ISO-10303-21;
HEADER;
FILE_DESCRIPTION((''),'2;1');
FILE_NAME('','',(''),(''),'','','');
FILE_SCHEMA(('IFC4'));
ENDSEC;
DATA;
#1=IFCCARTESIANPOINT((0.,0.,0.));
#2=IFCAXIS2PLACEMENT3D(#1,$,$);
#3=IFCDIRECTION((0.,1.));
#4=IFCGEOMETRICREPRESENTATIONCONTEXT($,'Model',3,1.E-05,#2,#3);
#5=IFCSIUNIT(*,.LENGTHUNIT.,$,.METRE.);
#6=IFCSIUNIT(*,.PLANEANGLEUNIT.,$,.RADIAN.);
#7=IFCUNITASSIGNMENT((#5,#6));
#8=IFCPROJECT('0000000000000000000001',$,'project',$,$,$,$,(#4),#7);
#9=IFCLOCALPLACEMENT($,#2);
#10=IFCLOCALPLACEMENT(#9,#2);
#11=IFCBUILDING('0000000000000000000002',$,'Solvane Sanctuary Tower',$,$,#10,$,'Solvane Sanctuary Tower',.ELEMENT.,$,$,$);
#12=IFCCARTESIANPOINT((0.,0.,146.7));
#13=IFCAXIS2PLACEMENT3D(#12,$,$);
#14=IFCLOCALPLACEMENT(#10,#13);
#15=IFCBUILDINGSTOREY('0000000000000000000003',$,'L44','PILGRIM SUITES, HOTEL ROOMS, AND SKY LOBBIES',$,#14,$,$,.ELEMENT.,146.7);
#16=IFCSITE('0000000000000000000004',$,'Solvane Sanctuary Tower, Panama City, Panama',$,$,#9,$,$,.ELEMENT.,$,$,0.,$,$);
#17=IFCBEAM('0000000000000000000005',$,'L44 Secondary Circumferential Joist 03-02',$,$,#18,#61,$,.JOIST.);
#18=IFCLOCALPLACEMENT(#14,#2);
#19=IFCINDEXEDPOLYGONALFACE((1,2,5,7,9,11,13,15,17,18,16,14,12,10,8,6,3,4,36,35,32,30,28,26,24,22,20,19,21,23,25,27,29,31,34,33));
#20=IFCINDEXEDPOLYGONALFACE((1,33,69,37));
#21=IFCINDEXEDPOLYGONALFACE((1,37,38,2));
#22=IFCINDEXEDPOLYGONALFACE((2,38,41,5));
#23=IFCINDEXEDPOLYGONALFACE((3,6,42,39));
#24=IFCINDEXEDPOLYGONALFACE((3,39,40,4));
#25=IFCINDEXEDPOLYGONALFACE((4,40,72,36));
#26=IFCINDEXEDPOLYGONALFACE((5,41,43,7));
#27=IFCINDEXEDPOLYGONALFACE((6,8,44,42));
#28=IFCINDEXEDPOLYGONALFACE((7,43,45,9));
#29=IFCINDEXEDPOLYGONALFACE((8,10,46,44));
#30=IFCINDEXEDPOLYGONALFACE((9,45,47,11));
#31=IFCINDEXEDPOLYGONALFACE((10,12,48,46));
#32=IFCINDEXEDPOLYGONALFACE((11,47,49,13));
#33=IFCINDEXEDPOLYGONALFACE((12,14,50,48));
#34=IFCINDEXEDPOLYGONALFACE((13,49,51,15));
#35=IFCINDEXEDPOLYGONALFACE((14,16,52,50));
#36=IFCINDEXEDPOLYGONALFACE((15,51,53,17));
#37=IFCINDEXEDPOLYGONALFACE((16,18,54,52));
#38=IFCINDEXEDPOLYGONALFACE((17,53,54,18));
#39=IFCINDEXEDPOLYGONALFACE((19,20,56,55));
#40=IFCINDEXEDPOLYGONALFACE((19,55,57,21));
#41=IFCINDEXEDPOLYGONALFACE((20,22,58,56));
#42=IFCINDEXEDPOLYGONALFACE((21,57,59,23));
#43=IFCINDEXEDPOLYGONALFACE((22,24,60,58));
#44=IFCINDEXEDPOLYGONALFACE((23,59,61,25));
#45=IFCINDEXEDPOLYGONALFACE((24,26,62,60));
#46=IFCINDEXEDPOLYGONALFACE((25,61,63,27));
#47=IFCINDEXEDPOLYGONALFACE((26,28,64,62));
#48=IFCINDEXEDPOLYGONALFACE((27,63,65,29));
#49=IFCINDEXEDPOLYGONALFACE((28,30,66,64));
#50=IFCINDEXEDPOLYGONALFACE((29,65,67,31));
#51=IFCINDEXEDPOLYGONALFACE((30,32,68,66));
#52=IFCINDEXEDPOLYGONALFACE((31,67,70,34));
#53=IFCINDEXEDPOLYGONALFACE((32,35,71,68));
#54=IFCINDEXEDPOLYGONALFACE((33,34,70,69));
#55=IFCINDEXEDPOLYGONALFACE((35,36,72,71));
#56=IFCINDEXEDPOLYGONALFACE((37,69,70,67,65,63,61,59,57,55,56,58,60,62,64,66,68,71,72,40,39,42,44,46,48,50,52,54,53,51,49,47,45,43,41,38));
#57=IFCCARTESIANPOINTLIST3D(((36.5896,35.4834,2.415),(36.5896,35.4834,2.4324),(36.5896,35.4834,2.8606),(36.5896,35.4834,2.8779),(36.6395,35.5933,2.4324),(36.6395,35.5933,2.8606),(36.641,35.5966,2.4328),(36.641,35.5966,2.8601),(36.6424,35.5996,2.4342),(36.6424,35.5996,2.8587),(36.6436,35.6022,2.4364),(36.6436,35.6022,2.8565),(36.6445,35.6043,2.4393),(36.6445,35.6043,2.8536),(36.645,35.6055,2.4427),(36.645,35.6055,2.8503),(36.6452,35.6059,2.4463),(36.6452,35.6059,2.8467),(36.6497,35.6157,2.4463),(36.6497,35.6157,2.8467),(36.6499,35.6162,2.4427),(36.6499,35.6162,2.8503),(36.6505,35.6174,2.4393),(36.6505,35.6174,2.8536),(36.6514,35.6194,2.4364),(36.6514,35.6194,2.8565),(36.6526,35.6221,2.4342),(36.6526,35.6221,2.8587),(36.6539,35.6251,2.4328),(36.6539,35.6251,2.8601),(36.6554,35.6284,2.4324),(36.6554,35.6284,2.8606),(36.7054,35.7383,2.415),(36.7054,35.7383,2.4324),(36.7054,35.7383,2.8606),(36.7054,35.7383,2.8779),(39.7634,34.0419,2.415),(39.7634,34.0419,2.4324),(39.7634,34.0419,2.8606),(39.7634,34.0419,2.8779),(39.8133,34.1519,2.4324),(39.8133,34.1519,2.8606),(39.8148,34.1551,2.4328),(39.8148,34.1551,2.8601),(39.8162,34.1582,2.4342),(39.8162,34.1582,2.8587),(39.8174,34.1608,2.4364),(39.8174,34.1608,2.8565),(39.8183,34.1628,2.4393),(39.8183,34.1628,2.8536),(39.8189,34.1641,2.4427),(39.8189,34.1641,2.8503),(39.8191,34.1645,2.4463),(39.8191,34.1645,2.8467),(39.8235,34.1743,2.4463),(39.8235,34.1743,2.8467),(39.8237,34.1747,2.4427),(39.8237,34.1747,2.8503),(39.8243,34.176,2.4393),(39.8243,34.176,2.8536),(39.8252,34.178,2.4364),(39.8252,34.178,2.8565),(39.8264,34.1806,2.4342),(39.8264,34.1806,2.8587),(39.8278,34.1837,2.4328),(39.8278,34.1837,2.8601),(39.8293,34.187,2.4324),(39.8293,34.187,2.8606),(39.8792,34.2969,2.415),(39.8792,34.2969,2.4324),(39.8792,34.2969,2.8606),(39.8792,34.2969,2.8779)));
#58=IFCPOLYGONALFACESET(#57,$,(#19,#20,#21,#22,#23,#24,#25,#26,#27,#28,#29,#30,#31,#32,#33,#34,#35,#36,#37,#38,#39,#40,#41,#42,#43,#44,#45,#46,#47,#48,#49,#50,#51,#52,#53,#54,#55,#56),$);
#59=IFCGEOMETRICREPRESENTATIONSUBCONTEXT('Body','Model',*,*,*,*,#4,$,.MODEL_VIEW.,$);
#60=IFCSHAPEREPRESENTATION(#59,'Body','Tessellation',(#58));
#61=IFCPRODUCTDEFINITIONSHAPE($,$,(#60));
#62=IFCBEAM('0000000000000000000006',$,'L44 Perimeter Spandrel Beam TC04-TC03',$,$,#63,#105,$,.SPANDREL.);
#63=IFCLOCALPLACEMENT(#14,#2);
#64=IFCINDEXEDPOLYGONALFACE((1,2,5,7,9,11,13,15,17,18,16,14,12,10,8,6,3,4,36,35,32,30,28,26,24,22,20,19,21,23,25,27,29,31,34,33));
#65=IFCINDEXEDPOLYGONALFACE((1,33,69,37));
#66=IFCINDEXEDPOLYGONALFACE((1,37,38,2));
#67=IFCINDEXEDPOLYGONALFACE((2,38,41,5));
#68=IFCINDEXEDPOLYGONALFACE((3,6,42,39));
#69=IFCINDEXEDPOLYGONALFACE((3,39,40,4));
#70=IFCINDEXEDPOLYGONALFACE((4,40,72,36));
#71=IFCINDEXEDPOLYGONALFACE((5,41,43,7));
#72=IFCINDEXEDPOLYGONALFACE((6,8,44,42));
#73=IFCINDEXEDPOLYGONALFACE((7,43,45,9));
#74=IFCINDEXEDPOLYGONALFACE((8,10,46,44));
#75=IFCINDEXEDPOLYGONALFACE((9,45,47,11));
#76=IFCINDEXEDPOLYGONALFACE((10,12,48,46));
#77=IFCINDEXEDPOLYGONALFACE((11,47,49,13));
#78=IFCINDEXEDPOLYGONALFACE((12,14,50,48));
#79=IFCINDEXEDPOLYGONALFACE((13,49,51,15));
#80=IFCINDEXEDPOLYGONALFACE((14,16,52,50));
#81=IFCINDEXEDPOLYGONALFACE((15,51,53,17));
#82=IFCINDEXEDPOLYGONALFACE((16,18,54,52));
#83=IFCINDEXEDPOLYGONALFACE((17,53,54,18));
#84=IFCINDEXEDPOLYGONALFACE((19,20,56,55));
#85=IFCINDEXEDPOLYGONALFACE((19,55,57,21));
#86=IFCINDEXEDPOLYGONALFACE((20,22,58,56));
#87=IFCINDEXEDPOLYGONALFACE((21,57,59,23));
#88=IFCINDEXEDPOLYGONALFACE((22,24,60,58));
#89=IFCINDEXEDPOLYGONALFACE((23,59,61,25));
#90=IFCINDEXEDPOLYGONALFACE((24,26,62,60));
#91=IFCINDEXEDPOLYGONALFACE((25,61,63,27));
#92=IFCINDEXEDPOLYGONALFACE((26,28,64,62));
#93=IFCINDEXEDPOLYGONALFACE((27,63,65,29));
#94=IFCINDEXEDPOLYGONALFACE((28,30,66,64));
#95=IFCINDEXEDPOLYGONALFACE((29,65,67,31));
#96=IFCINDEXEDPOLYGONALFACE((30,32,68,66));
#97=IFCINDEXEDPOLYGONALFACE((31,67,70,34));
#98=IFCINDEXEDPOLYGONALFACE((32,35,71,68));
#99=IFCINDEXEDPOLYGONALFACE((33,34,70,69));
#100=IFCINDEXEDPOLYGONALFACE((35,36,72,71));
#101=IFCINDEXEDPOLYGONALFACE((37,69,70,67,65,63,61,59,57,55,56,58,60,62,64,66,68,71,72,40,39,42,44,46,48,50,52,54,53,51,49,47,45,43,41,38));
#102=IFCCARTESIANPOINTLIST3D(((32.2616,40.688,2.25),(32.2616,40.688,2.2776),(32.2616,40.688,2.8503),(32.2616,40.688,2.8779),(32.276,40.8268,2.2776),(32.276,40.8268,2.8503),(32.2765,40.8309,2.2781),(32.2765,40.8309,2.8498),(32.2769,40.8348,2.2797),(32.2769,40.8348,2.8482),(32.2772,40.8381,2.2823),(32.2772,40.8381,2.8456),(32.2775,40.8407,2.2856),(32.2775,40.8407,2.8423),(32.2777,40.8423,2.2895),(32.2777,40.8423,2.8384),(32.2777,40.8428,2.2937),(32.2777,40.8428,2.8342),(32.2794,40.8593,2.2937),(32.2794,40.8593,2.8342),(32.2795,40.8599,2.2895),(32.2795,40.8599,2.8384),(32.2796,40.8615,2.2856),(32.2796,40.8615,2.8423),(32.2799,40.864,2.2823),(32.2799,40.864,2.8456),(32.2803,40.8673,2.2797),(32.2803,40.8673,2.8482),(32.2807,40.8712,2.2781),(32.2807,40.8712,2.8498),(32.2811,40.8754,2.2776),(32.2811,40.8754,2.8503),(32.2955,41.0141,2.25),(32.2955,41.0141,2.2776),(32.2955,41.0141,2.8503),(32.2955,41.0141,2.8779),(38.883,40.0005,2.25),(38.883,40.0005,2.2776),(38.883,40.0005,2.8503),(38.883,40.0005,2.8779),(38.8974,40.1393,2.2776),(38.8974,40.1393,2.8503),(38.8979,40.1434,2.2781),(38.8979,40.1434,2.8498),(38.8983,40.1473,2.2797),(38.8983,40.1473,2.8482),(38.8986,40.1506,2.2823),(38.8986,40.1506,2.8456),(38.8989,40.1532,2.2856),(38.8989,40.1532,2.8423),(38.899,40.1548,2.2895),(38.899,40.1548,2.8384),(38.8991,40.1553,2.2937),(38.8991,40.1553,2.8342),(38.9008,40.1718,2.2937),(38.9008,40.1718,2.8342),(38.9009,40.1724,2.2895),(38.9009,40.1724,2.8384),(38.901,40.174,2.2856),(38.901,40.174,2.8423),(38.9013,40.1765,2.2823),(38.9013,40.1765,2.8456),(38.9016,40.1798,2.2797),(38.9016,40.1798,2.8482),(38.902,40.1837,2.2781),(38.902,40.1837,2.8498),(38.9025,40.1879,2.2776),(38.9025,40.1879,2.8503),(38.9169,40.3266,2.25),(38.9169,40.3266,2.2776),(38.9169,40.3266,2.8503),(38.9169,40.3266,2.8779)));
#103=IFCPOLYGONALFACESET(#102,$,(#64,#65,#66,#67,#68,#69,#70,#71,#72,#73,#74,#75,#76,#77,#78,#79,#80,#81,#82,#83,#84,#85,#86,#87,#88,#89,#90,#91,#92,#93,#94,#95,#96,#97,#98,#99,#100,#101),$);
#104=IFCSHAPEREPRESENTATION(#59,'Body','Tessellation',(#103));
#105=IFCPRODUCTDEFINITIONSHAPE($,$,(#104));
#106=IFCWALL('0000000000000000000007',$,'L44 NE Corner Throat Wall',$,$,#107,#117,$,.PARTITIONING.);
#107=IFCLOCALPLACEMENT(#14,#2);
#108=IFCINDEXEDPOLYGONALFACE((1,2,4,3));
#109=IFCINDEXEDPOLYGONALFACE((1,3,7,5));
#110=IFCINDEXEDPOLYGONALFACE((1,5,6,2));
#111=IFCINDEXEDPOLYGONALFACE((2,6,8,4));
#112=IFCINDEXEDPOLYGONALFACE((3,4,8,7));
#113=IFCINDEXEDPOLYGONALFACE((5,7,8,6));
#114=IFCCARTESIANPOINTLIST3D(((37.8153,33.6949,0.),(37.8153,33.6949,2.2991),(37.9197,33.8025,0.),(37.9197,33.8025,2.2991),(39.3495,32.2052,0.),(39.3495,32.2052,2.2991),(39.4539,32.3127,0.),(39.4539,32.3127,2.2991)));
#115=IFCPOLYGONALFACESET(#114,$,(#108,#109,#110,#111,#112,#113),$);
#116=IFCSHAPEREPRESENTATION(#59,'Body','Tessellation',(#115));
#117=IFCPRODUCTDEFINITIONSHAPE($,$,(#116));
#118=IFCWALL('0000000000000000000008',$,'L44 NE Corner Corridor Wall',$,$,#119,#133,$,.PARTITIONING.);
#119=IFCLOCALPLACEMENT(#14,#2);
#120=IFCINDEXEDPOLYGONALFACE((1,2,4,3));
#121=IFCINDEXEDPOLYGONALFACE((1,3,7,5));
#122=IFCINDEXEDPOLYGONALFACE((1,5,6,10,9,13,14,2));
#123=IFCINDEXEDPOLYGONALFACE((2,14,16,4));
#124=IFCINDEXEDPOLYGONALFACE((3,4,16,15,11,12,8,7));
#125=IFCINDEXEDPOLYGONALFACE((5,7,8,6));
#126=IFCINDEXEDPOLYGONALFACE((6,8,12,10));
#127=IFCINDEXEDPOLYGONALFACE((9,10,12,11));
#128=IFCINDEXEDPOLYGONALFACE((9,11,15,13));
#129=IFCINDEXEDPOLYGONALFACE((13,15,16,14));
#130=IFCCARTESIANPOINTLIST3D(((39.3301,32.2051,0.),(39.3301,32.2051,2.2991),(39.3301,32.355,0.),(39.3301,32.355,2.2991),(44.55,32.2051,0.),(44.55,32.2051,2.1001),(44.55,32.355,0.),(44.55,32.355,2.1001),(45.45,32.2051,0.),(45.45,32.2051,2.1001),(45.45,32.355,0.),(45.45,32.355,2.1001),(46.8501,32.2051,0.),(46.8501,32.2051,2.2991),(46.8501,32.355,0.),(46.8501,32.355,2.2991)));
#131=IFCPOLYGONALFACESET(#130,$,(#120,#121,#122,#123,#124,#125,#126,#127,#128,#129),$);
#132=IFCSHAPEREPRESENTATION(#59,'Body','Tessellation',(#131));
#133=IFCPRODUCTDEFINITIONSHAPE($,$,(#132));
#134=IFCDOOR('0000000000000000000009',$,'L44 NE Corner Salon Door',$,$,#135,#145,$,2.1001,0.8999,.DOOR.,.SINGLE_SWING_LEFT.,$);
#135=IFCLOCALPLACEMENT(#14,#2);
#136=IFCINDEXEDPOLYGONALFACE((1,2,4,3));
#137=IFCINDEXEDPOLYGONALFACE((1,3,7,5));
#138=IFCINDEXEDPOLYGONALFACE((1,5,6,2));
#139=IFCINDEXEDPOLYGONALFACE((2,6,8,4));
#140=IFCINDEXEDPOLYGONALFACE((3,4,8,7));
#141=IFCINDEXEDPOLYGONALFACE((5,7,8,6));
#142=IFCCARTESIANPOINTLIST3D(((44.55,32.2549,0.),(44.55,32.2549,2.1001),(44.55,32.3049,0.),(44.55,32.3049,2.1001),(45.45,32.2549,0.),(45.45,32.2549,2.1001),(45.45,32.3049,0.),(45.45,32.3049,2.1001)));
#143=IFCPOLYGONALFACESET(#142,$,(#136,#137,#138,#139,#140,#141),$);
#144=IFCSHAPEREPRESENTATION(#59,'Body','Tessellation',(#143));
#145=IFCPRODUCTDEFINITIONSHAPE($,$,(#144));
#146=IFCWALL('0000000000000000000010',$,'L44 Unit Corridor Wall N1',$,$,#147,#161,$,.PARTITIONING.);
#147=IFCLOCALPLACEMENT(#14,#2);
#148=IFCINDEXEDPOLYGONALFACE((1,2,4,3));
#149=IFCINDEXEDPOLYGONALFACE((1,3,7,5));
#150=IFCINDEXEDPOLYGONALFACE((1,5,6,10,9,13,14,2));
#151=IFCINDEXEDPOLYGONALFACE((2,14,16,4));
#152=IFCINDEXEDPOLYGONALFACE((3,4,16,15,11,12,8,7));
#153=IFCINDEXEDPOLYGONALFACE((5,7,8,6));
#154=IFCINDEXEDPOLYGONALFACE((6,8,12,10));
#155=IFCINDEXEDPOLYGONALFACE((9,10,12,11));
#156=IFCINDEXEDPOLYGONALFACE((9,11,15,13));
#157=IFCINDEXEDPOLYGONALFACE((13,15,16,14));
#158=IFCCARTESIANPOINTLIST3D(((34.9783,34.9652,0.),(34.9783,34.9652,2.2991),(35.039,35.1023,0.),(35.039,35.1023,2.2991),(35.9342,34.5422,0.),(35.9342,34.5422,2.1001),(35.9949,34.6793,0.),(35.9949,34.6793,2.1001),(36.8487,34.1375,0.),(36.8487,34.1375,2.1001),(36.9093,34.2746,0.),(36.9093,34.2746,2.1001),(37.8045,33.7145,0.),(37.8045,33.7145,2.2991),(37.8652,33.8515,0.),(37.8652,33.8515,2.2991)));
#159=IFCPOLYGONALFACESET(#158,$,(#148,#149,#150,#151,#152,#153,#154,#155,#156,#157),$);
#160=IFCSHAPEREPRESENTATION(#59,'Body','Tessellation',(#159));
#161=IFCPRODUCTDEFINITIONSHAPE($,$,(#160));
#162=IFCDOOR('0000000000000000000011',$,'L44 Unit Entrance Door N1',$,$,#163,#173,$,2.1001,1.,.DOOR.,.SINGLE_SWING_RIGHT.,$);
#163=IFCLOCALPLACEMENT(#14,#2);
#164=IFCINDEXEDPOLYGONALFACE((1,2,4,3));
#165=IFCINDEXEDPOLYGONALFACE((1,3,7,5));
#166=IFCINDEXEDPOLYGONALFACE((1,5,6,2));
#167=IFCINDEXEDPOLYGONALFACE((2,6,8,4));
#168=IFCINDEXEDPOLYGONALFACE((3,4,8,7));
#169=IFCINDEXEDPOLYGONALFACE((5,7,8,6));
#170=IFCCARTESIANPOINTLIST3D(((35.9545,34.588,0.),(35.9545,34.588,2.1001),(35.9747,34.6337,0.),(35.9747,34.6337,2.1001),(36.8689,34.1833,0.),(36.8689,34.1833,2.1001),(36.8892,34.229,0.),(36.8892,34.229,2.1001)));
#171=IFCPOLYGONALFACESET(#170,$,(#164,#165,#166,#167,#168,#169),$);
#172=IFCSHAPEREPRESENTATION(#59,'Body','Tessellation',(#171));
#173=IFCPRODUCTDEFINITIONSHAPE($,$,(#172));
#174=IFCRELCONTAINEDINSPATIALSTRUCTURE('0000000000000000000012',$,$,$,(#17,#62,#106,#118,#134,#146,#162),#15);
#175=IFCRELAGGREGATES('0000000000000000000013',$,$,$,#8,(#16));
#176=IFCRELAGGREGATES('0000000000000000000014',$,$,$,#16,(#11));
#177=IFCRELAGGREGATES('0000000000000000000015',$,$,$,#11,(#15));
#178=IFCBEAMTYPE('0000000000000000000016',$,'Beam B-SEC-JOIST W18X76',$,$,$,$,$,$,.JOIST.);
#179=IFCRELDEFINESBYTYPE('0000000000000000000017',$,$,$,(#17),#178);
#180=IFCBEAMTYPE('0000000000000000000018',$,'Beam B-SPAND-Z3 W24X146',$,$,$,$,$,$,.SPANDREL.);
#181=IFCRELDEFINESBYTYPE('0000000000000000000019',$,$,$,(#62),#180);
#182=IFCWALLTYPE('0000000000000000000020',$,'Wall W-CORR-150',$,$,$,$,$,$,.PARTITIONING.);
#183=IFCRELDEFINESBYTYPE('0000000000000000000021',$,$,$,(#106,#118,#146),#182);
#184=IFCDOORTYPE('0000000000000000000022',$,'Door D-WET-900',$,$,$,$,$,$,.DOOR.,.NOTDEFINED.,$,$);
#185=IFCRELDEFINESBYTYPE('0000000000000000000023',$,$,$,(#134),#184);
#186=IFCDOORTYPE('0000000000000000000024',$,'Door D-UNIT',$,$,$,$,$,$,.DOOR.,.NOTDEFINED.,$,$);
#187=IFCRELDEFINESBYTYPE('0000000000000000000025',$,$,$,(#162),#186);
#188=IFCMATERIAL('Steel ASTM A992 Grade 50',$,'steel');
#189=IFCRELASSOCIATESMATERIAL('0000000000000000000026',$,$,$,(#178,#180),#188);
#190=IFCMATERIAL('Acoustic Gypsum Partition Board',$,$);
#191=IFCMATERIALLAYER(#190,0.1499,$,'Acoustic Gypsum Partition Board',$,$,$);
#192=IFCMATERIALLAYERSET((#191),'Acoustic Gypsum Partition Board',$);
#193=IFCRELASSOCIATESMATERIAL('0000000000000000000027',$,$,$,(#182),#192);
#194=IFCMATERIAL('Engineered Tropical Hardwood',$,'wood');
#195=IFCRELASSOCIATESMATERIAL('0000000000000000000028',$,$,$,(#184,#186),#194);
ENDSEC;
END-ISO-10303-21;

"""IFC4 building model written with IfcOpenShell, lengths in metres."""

from ifc_helpers import new_model, si_unit, direction, frame, frame_2d, origin, origin_2d, place, context, subcontext, project, spatial, rectangle, i_section, extrude, material, layer, layer_set, material_profile, profile_set, type_object, element, fill, save


model = new_model("IFC4")

# Units and contexts
model_context = context("Model", 3, precision=1e-05, world=origin(), true_north=direction((0.0, 1.0)))
body_context = subcontext(model_context, "Body", "Model", "MODEL_VIEW")
ifc_project = project(units=[si_unit("LENGTHUNIT", "METRE"), si_unit("PLANEANGLEUNIT", "RADIAN")], contexts=[model_context])

# Site, building, storey
site_placement = place(None, origin())
site = spatial("IfcSite", under=ifc_project, at=site_placement, Name="Solvane Sanctuary Tower, Panama City, Panama", CompositionType="ELEMENT", RefElevation=0.0)
building_placement = place(site_placement, origin())
building = spatial("IfcBuilding", under=site, at=building_placement, Name="Solvane Sanctuary Tower", LongName="Solvane Sanctuary Tower", CompositionType="ELEMENT")
storey_placement = place(building_placement, frame((0.0, 0.0, 146.7)))
storey = spatial("IfcBuildingStorey", under=building, at=storey_placement, Name="L44", Description="PILGRIM SUITES, HOTEL ROOMS, AND SKY LOBBIES", CompositionType="ELEMENT", Elevation=146.7)

# Beams
ifc_material_1 = material(Name="Steel ASTM A992 Grade 50", Category="steel")
ifc_material_profile_1 = material_profile(ifc_material_1, i_section(OverallWidth=0.28, OverallDepth=0.4629, WebThickness=0.0107, FlangeThickness=0.0173, FilletRadius=0.0139, at=origin_2d()), Name="W18X76")
ifc_profile_set_1 = profile_set([ifc_material_profile_1], Name="Steel ASTM A992 Grade 50")
beam_type_1 = type_object("IfcBeamType", Name="Beam B-SEC-JOIST W18X76", PredefinedType="JOIST", material=ifc_profile_set_1)
beam_1_placement = place(storey_placement, frame((36.6475, 35.6108, 2.6465), z_axis=(0.910501, -0.413507, 0.0), x_axis=(0.413507, 0.910501, 0.0)))
element("IfcBeam", 1, at=beam_1_placement, inside=storey, type_object=beam_type_1, Name="L44 Secondary Circumferential Joist 03-02", PredefinedType="JOIST", context=body_context, shape_type="SweptSolid", body=[
    extrude(i_section(OverallWidth=0.28, OverallDepth=0.4629, WebThickness=0.0107, FlangeThickness=0.0173, FilletRadius=0.0139, at=origin_2d()), origin(), (0.0, 0.0, 1.0), 3.4858),
])
ifc_material_profile_2 = material_profile(ifc_material_1, i_section(OverallWidth=0.3279, OverallDepth=0.6279, WebThickness=0.0166, FlangeThickness=0.0276, FilletRadius=0.0161, at=origin_2d()), Name="W24X146")
ifc_profile_set_2 = profile_set([ifc_material_profile_2], Name="Steel ASTM A992 Grade 50")
beam_type_2 = type_object("IfcBeamType", Name="Beam B-SPAND-Z3 W24X146", PredefinedType="SPANDREL", material=ifc_profile_set_2)
beam_2_placement = place(storey_placement, frame((32.2786, 40.8511, 2.564), z_axis=(0.994653, -0.103276, 0.0), x_axis=(0.103276, 0.994653, 0.0)))
element("IfcBeam", 2, at=beam_2_placement, inside=storey, type_object=beam_type_2, Name="L44 Perimeter Spandrel Beam TC04-TC03", PredefinedType="SPANDREL", context=body_context, shape_type="SweptSolid", body=[
    extrude(i_section(OverallWidth=0.3279, OverallDepth=0.6279, WebThickness=0.0166, FlangeThickness=0.0276, FilletRadius=0.0161, at=origin_2d()), origin(), (0.0, 0.0, 1.0), 6.657),
])

# Wall
ifc_material_2 = material(Name="Acoustic Gypsum Partition Board")
ifc_layer_1 = layer(ifc_material_2, 0.1499, Name="Acoustic Gypsum Partition Board")
ifc_layer_set_1 = layer_set([ifc_layer_1], Name="Acoustic Gypsum Partition Board")
wall_type_1 = type_object("IfcWallType", Name="Wall W-CORR-150", PredefinedType="PARTITIONING", material=ifc_layer_set_1)
wall_1_placement = place(storey_placement, frame((37.8674, 33.7488, 0.0), z_axis=(0.0, 0.0, 1.0), x_axis=(0.71742, -0.696641, 0.0)))
element("IfcWall", 3, at=wall_1_placement, inside=storey, type_object=wall_type_1, Name="L44 NE Corner Throat Wall", PredefinedType="PARTITIONING", context=body_context, shape_type="SweptSolid", body=[
    extrude(rectangle(XDim=2.1384, YDim=0.1499, at=frame_2d((1.0693, 0.0))), origin(), (0.0, 0.0, 1.0), 2.2991),
])

# Walls, openings, doors
wall_2_placement = place(storey_placement, frame((39.3301, 32.28, 0.0), z_axis=(0.0, 0.0, 1.0), x_axis=(1.0, 0.0, 0.0)))
wall_2 = element("IfcWall", 4, at=wall_2_placement, inside=storey, type_object=wall_type_1, Name="L44 NE Corner Corridor Wall", PredefinedType="PARTITIONING", context=body_context, shape_type="SweptSolid", body=[
    extrude(rectangle(XDim=7.52, YDim=0.1499, at=frame_2d((3.76, 0.0))), origin(), (0.0, 0.0, 1.0), 2.2991),
])
opening_1_placement = place(wall_2_placement, frame((5.22, 0.0, 0.0)))
opening_1 = element("IfcOpeningElement", 5, at=opening_1_placement, cuts=wall_2, PredefinedType="OPENING", context=body_context, shape_type="SweptSolid", body=[
    extrude(rectangle(XDim=0.8999, YDim=2.1001, at=frame_2d((0.45, 1.05))), frame((0.0, 0.085, 0.0), z_axis=(0.0, -1.0, 0.0), x_axis=(1.0, 0.0, 0.0)), (0.0, 0.0, 1.0), 0.1699),
])
ifc_material_3 = material(Name="Engineered Tropical Hardwood", Category="wood")
door_type_1 = type_object("IfcDoorType", Name="Door D-WET-900", OperationType="NOTDEFINED", PredefinedType="DOOR", material=ifc_material_3)
door_1_placement = place(opening_1_placement, origin())
door_1 = element("IfcDoor", 6, at=door_1_placement, inside=storey, type_object=door_type_1, Name="L44 NE Corner Salon Door", OperationType="SINGLE_SWING_LEFT", OverallHeight=2.1001, OverallWidth=0.8999, PredefinedType="DOOR", context=body_context, shape_type="SweptSolid", body=[
    extrude(rectangle(XDim=0.8999, YDim=2.1001, at=frame_2d((0.45, 1.05))), frame((0.0, 0.0249, 0.0), z_axis=(0.0, -1.0, 0.0), x_axis=(1.0, 0.0, 0.0)), (0.0, 0.0, 1.0), 0.05),
])
fill(opening_1, door_1)
wall_3_placement = place(storey_placement, frame((37.835, 33.783, 0.0), z_axis=(0.0, 0.0, 1.0), x_axis=(-0.914452, 0.404694, 0.0)))
wall_3 = element("IfcWall", 7, at=wall_3_placement, inside=storey, type_object=wall_type_1, Name="L44 Unit Corridor Wall N1", PredefinedType="PARTITIONING", context=body_context, shape_type="SweptSolid", body=[
    extrude(rectangle(XDim=3.0906, YDim=0.1499, at=frame_2d((1.5454, 0.0))), origin(), (0.0, 0.0, 1.0), 2.2991),
])
opening_2_placement = place(wall_3_placement, frame((1.0454, 0.0, 0.0)))
opening_2 = element("IfcOpeningElement", 8, at=opening_2_placement, cuts=wall_3, PredefinedType="OPENING", context=body_context, shape_type="SweptSolid", body=[
    extrude(rectangle(XDim=1.0, YDim=2.1001, at=frame_2d((0.5, 1.05))), frame((0.0, 0.085, 0.0), z_axis=(0.0, -1.0, 0.0), x_axis=(1.0, 0.0, 0.0)), (0.0, 0.0, 1.0), 0.1699),
])
door_type_2 = type_object("IfcDoorType", Name="Door D-UNIT", OperationType="NOTDEFINED", PredefinedType="DOOR", material=ifc_material_3)
door_2_placement = place(opening_2_placement, origin())
door_2 = element("IfcDoor", 9, at=door_2_placement, inside=storey, type_object=door_type_2, Name="L44 Unit Entrance Door N1", OperationType="SINGLE_SWING_RIGHT", OverallHeight=2.1001, OverallWidth=1.0, PredefinedType="DOOR", context=body_context, shape_type="SweptSolid", body=[
    extrude(rectangle(XDim=1.0, YDim=2.1001, at=frame_2d((0.5, 1.05))), frame((0.0, 0.0249, 0.0), z_axis=(0.0, -1.0, 0.0), x_axis=(1.0, 0.0, 0.0)), (0.0, 0.0, 1.0), 0.05),
])
fill(opening_2, door_2)

save(model, "model.ifc")
